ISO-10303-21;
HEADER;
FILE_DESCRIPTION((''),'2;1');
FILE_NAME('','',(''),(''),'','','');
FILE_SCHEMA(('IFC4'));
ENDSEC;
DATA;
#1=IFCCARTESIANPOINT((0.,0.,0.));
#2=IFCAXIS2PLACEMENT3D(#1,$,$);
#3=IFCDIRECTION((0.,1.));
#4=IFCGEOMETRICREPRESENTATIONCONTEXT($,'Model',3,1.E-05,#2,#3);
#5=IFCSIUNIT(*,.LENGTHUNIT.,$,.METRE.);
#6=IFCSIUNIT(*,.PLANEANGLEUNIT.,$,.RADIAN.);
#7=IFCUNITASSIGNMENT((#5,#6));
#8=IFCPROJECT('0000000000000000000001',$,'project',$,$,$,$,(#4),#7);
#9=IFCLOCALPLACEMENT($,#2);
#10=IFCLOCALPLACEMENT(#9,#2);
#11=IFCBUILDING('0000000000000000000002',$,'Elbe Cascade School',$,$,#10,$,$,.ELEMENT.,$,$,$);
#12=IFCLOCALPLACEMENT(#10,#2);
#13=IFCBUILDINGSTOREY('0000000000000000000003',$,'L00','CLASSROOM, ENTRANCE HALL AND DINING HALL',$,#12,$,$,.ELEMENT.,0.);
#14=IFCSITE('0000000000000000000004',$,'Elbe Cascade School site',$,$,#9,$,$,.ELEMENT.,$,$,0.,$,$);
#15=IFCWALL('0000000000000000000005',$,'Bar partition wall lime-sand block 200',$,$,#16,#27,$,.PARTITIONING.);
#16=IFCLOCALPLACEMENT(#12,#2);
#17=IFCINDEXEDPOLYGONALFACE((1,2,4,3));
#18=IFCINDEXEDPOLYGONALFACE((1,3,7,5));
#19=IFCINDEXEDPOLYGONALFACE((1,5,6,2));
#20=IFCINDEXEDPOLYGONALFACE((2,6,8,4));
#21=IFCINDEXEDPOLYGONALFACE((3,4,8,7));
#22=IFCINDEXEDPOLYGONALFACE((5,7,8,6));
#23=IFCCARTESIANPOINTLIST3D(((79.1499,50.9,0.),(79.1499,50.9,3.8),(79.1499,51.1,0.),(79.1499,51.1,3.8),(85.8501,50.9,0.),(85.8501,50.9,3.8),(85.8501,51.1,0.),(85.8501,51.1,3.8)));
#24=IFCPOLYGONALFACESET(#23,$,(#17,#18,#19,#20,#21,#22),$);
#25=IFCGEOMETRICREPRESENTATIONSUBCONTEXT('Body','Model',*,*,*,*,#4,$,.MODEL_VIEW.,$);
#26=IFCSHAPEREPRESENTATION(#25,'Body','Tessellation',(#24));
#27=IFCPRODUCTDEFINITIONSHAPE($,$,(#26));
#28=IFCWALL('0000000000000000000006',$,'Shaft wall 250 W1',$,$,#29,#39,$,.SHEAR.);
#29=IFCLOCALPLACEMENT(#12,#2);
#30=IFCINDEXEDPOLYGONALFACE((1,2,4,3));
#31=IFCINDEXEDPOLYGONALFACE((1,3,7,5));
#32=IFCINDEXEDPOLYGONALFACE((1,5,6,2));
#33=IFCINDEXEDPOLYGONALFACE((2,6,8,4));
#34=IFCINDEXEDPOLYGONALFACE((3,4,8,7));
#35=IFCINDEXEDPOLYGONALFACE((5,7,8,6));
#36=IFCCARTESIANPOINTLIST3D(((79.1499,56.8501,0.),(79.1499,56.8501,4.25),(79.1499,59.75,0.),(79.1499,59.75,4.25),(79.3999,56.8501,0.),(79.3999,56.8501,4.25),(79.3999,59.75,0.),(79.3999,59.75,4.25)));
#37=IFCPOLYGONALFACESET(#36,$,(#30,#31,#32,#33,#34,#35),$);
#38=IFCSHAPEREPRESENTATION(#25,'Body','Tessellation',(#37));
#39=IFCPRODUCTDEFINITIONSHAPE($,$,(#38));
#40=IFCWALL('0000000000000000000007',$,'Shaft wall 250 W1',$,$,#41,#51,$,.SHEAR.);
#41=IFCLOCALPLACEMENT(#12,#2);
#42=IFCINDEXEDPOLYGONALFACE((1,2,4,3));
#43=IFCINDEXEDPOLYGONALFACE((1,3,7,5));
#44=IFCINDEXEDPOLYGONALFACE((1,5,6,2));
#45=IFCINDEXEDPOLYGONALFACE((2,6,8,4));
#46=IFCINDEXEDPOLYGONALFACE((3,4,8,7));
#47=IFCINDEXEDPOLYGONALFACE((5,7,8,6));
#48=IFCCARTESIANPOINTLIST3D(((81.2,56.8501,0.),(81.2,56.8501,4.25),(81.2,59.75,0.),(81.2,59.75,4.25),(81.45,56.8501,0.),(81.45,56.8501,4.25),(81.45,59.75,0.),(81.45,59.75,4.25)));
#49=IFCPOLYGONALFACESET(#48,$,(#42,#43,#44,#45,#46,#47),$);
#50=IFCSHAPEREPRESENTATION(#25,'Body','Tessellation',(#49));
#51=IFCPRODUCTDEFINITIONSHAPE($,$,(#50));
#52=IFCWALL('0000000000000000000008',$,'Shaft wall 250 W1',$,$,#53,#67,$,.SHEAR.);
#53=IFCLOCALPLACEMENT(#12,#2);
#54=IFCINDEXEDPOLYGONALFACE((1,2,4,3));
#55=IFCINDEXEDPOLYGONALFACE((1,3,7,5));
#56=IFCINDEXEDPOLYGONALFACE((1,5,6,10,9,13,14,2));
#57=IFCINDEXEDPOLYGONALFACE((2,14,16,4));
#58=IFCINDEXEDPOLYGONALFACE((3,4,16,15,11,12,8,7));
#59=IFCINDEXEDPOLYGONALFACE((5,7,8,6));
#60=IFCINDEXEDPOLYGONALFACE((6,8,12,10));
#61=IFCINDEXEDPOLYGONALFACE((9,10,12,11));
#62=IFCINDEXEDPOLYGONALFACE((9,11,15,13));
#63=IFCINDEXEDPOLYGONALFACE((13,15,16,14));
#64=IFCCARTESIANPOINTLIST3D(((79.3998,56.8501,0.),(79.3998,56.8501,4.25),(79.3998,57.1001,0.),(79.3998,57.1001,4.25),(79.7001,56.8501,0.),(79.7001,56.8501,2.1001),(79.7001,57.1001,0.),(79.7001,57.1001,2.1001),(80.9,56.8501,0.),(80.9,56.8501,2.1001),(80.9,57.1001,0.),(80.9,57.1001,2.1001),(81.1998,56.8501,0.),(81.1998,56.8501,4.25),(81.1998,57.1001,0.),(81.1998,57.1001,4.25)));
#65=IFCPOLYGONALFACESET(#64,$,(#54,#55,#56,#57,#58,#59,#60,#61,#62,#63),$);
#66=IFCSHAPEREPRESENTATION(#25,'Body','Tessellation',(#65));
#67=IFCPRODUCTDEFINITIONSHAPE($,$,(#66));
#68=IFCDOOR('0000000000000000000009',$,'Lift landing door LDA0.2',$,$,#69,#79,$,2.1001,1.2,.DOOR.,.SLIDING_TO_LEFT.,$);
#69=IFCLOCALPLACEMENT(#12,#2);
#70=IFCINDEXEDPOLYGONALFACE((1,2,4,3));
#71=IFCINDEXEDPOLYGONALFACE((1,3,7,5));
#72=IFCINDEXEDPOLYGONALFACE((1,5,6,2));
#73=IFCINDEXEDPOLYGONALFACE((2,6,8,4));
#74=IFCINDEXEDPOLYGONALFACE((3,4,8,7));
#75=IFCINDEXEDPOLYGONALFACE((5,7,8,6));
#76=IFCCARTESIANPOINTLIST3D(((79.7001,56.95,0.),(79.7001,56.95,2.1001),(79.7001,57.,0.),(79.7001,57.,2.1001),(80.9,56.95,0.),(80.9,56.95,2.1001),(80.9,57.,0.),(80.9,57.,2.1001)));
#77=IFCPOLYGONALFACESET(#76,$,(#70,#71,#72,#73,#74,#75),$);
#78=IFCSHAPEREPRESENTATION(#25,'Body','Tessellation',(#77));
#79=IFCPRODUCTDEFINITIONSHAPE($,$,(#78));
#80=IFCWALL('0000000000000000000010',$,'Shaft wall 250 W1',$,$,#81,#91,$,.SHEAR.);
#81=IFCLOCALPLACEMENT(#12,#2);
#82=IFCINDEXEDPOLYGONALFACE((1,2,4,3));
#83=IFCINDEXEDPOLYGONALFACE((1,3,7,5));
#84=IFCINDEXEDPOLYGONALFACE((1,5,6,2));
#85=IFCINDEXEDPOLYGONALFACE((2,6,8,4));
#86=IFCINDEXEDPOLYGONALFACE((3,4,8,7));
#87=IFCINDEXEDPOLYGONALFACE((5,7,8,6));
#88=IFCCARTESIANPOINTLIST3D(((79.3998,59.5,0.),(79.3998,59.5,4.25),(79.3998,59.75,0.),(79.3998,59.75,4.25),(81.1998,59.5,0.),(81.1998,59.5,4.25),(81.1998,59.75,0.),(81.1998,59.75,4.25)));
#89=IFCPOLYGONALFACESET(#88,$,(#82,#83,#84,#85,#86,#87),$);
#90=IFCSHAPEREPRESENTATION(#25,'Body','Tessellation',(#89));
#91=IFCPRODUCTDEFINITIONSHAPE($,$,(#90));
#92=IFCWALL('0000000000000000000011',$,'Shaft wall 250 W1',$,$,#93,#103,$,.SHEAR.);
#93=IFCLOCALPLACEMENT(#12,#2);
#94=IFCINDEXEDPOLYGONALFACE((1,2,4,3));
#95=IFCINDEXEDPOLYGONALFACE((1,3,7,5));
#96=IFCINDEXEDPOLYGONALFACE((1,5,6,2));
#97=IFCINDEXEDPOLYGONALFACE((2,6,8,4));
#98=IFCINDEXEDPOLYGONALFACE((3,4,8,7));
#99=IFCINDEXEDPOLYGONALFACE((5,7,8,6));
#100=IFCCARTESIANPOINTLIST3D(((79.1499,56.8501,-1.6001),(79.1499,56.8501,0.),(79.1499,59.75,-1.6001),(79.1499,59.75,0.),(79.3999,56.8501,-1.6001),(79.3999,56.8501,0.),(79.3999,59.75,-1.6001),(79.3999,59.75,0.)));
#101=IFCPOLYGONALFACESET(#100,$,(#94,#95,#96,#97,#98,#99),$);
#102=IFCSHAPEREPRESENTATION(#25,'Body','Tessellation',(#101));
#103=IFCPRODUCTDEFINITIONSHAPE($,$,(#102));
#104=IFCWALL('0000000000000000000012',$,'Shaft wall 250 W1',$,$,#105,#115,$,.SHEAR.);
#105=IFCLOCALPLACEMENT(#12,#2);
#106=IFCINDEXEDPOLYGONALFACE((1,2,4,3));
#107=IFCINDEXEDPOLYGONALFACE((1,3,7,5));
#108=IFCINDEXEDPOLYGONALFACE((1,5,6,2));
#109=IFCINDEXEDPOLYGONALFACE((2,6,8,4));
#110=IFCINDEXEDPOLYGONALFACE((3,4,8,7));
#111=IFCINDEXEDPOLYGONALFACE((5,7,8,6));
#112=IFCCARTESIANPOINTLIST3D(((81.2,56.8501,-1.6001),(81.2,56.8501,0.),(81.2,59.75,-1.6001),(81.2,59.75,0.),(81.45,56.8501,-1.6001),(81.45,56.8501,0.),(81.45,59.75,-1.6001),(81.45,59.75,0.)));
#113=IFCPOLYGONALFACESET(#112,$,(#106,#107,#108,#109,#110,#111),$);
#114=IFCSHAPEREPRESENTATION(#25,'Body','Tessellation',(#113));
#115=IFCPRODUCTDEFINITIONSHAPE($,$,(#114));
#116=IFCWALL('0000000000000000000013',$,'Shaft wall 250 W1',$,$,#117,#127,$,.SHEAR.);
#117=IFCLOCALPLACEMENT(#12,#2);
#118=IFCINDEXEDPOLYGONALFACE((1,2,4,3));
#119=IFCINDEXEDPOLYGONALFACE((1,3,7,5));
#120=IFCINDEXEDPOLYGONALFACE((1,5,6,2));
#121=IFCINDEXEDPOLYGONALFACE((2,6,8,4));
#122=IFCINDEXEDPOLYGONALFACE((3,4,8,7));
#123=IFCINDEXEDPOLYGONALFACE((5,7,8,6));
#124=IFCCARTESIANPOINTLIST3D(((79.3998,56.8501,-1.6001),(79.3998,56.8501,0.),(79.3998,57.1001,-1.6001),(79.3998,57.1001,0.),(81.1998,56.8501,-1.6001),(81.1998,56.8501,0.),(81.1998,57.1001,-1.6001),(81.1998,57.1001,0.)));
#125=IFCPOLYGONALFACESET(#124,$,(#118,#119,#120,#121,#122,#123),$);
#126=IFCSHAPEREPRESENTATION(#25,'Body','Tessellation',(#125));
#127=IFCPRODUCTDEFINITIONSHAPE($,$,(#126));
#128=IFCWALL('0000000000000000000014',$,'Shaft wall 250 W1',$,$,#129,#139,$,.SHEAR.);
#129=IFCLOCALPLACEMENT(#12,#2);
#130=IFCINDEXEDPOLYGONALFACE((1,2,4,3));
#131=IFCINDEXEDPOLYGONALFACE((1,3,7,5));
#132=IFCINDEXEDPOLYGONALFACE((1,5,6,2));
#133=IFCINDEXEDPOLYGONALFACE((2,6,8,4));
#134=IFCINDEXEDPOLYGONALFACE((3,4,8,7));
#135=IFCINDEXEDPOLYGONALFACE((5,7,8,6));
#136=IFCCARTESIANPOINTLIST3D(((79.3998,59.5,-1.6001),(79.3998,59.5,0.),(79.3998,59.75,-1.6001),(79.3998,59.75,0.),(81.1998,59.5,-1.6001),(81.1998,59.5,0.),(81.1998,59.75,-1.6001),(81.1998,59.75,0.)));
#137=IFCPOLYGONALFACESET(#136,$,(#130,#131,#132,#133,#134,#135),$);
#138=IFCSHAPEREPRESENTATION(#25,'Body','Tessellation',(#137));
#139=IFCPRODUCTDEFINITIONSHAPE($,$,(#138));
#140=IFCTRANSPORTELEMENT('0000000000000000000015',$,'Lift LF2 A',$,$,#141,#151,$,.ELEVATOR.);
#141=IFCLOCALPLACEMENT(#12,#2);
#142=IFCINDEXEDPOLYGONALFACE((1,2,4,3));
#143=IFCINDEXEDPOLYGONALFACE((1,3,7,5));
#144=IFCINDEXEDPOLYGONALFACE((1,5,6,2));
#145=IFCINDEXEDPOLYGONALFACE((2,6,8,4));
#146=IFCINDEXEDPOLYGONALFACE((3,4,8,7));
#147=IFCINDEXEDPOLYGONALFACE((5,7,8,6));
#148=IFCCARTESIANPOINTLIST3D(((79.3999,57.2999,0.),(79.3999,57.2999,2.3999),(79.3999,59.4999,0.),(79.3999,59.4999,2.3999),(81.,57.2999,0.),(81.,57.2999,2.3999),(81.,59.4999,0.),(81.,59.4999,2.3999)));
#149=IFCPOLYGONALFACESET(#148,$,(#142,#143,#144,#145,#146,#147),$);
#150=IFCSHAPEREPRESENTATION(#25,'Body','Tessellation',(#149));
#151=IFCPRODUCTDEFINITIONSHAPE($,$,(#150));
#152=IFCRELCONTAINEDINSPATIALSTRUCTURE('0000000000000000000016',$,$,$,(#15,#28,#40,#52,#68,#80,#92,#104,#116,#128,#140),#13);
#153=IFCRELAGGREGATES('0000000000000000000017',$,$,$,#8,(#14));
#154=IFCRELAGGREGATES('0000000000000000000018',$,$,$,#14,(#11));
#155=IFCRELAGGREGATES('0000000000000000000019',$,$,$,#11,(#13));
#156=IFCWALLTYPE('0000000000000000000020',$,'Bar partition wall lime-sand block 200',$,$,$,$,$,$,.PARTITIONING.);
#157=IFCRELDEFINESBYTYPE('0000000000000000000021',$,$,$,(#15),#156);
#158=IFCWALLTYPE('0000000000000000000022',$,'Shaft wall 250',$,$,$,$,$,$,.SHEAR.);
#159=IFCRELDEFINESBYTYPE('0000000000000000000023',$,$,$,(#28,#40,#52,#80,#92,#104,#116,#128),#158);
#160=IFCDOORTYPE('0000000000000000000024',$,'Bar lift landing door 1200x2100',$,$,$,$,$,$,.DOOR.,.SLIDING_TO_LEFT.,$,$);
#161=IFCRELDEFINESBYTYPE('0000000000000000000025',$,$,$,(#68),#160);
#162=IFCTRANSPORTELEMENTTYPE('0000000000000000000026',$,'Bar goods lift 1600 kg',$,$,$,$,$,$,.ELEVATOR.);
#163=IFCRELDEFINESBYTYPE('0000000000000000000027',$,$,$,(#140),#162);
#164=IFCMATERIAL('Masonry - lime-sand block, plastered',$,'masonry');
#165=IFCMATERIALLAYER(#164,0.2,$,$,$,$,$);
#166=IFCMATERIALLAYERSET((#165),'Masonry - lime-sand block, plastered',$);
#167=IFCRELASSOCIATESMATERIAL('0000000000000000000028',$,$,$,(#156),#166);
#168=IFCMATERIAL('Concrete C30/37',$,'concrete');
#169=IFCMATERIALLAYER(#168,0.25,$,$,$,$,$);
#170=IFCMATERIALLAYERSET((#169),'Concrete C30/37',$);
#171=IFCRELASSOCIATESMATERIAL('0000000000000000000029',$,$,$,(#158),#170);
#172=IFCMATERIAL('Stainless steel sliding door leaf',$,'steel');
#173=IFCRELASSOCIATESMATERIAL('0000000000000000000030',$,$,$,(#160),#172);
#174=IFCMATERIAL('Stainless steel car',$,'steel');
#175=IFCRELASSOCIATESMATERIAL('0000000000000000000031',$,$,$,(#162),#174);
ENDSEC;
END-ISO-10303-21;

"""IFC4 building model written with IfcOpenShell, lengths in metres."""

from ifc_helpers import new_model, si_unit, direction, frame, frame_2d, origin, origin_2d, place, context, subcontext, project, spatial, rectangle, extrude, material, layer, layer_set, type_object, element, fill, save


model = new_model("IFC4")

# Units and contexts
model_context = context("Model", 3, precision=1e-05, world=origin(), true_north=direction((0.0, 1.0)))
body_context = subcontext(model_context, "Body", "Model", "MODEL_VIEW")
ifc_project = project(units=[si_unit("LENGTHUNIT", "METRE"), si_unit("PLANEANGLEUNIT", "RADIAN")], contexts=[model_context])

# Site, building, storey
site_placement = place(None, origin())
site = spatial("IfcSite", under=ifc_project, at=site_placement, Name="Elbe Cascade School site", CompositionType="ELEMENT", RefElevation=0.0)
building_placement = place(site_placement, origin())
building = spatial("IfcBuilding", under=site, at=building_placement, Name="Elbe Cascade School", CompositionType="ELEMENT")
storey_placement = place(building_placement, origin())
storey = spatial("IfcBuildingStorey", under=building, at=storey_placement, Name="L00", Description="CLASSROOM, ENTRANCE HALL AND DINING HALL", CompositionType="ELEMENT", Elevation=0.0)

# Walls
ifc_material_1 = material(Name="Masonry - lime-sand block, plastered", Category="masonry")
ifc_layer_1 = layer(ifc_material_1, 0.2)
ifc_layer_set_1 = layer_set([ifc_layer_1], Name="Masonry - lime-sand block, plastered")
wall_type_1 = type_object("IfcWallType", Name="Bar partition wall lime-sand block 200", PredefinedType="PARTITIONING", material=ifc_layer_set_1)
wall_1_placement = place(storey_placement, frame((79.1499, 51.0, 0.0), z_axis=(0.0, 0.0, 1.0), x_axis=(1.0, 0.0, 0.0)))
element("IfcWall", 1, at=wall_1_placement, inside=storey, type_object=wall_type_1, Name="Bar partition wall lime-sand block 200", PredefinedType="PARTITIONING", context=body_context, shape_type="SweptSolid", body=[
    extrude(rectangle(XDim=6.7002, YDim=0.2, at=frame_2d((3.3501, 0.0))), origin(), (0.0, 0.0, 1.0), 3.8),
])
ifc_material_2 = material(Name="Concrete C30/37", Category="concrete")
ifc_layer_2 = layer(ifc_material_2, 0.25)
ifc_layer_set_2 = layer_set([ifc_layer_2], Name="Concrete C30/37")
wall_type_2 = type_object("IfcWallType", Name="Shaft wall 250", PredefinedType="SHEAR", material=ifc_layer_set_2)
for number, where, z_axis, x_axis, name in (
    (2, (79.2749, 56.8501, 0.0), (0.0, 0.0, 1.0), (0.0, 1.0, 0.0), "Shaft wall 250 W1"),
    (3, (81.325, 56.8501, 0.0), (0.0, 0.0, 1.0), (0.0, 1.0, 0.0), "Shaft wall 250 W1"),
):
    element("IfcWall", number, at=place(storey_placement, frame(where, z_axis=z_axis, x_axis=x_axis)), inside=storey, type_object=wall_type_2, Name=name, PredefinedType="SHEAR", context=body_context, shape_type="SweptSolid", body=[
        extrude(rectangle(XDim=2.8999, YDim=0.25, at=frame_2d((1.45, 0.0))), origin(), (0.0, 0.0, 1.0), 4.25),
    ])

# Wall, opening, door
wall_2_placement = place(storey_placement, frame((79.3999, 56.9751, 0.0), z_axis=(0.0, 0.0, 1.0), x_axis=(1.0, 0.0, 0.0)))
wall_2 = element("IfcWall", 4, at=wall_2_placement, inside=storey, type_object=wall_type_2, Name="Shaft wall 250 W1", PredefinedType="SHEAR", context=body_context, shape_type="SweptSolid", body=[
    extrude(rectangle(XDim=1.8, YDim=0.25, at=frame_2d((0.8999, 0.0))), origin(), (0.0, 0.0, 1.0), 4.25),
])
opening_1_placement = place(wall_2_placement, frame((0.3, 0.0, 0.0)))
opening_1 = element("IfcOpeningElement", 5, at=opening_1_placement, cuts=wall_2, PredefinedType="OPENING", context=body_context, shape_type="SweptSolid", body=[
    extrude(rectangle(XDim=1.2, YDim=2.1001, at=frame_2d((0.6001, 1.05))), frame((0.0, 0.135, 0.0), z_axis=(0.0, -1.0, 0.0), x_axis=(1.0, 0.0, 0.0)), (0.0, 0.0, 1.0), 0.27),
])
ifc_material_3 = material(Name="Stainless steel sliding door leaf", Category="steel")
door_type_1 = type_object("IfcDoorType", Name="Bar lift landing door 1200x2100", OperationType="SLIDING_TO_LEFT", PredefinedType="DOOR", material=ifc_material_3)
door_1_placement = place(opening_1_placement, origin())
door_1 = element("IfcDoor", 6, at=door_1_placement, inside=storey, type_object=door_type_1, Name="Lift landing door LDA0.2", OperationType="SLIDING_TO_LEFT", OverallHeight=2.1001, OverallWidth=1.2, PredefinedType="DOOR", context=body_context, shape_type="SweptSolid", body=[
    extrude(rectangle(XDim=1.2, YDim=2.1001, at=frame_2d((0.6001, 1.05))), frame((0.0, 0.0249, 0.0), z_axis=(0.0, -1.0, 0.0), x_axis=(1.0, 0.0, 0.0)), (0.0, 0.0, 1.0), 0.05),
])
fill(opening_1, door_1)

# Walls
wall_3_placement = place(storey_placement, frame((79.3999, 59.625, 0.0), z_axis=(0.0, 0.0, 1.0), x_axis=(1.0, 0.0, 0.0)))
element("IfcWall", 7, at=wall_3_placement, inside=storey, type_object=wall_type_2, Name="Shaft wall 250 W1", PredefinedType="SHEAR", context=body_context, shape_type="SweptSolid", body=[
    extrude(rectangle(XDim=1.8, YDim=0.25, at=frame_2d((0.8999, 0.0))), origin(), (0.0, 0.0, 1.0), 4.25),
])
for number, where, z_axis, x_axis, name in (
    (8, (79.2749, 56.8501, -1.6001), (0.0, 0.0, 1.0), (0.0, 1.0, 0.0), "Shaft wall 250 W1"),
    (9, (81.325, 56.8501, -1.6001), (0.0, 0.0, 1.0), (0.0, 1.0, 0.0), "Shaft wall 250 W1"),
):
    element("IfcWall", number, at=place(storey_placement, frame(where, z_axis=z_axis, x_axis=x_axis)), inside=storey, type_object=wall_type_2, Name=name, PredefinedType="SHEAR", context=body_context, shape_type="SweptSolid", body=[
        extrude(rectangle(XDim=2.8999, YDim=0.25, at=frame_2d((1.45, 0.0))), origin(), (0.0, 0.0, 1.0), 1.6001),
    ])
for number, where, z_axis, x_axis, name in (
    (10, (79.3999, 56.9751, -1.6001), (0.0, 0.0, 1.0), (1.0, 0.0, 0.0), "Shaft wall 250 W1"),
    (11, (79.3999, 59.625, -1.6001), (0.0, 0.0, 1.0), (1.0, 0.0, 0.0), "Shaft wall 250 W1"),
):
    element("IfcWall", number, at=place(storey_placement, frame(where, z_axis=z_axis, x_axis=x_axis)), inside=storey, type_object=wall_type_2, Name=name, PredefinedType="SHEAR", context=body_context, shape_type="SweptSolid", body=[
        extrude(rectangle(XDim=1.8, YDim=0.25, at=frame_2d((0.8999, 0.0))), origin(), (0.0, 0.0, 1.0), 1.6001),
    ])

# Transport element
ifc_material_4 = material(Name="Stainless steel car", Category="steel")
transport_element_type = type_object("IfcTransportElementType", Name="Bar goods lift 1600 kg", PredefinedType="ELEVATOR", material=ifc_material_4)
transport_element_placement = place(storey_placement, frame((80.2, 58.3999, 0.0), z_axis=(0.0, 0.0, 1.0), x_axis=(1.0, 0.0, 0.0)))
element("IfcTransportElement", 12, at=transport_element_placement, inside=storey, type_object=transport_element_type, Name="Lift LF2 A", PredefinedType="ELEVATOR", context=body_context, shape_type="SweptSolid", body=[
    extrude(rectangle(XDim=1.6001, YDim=2.2, at=origin_2d()), origin(), (0.0, 0.0, 1.0), 2.3999),
])

save(model, "model.ifc")
